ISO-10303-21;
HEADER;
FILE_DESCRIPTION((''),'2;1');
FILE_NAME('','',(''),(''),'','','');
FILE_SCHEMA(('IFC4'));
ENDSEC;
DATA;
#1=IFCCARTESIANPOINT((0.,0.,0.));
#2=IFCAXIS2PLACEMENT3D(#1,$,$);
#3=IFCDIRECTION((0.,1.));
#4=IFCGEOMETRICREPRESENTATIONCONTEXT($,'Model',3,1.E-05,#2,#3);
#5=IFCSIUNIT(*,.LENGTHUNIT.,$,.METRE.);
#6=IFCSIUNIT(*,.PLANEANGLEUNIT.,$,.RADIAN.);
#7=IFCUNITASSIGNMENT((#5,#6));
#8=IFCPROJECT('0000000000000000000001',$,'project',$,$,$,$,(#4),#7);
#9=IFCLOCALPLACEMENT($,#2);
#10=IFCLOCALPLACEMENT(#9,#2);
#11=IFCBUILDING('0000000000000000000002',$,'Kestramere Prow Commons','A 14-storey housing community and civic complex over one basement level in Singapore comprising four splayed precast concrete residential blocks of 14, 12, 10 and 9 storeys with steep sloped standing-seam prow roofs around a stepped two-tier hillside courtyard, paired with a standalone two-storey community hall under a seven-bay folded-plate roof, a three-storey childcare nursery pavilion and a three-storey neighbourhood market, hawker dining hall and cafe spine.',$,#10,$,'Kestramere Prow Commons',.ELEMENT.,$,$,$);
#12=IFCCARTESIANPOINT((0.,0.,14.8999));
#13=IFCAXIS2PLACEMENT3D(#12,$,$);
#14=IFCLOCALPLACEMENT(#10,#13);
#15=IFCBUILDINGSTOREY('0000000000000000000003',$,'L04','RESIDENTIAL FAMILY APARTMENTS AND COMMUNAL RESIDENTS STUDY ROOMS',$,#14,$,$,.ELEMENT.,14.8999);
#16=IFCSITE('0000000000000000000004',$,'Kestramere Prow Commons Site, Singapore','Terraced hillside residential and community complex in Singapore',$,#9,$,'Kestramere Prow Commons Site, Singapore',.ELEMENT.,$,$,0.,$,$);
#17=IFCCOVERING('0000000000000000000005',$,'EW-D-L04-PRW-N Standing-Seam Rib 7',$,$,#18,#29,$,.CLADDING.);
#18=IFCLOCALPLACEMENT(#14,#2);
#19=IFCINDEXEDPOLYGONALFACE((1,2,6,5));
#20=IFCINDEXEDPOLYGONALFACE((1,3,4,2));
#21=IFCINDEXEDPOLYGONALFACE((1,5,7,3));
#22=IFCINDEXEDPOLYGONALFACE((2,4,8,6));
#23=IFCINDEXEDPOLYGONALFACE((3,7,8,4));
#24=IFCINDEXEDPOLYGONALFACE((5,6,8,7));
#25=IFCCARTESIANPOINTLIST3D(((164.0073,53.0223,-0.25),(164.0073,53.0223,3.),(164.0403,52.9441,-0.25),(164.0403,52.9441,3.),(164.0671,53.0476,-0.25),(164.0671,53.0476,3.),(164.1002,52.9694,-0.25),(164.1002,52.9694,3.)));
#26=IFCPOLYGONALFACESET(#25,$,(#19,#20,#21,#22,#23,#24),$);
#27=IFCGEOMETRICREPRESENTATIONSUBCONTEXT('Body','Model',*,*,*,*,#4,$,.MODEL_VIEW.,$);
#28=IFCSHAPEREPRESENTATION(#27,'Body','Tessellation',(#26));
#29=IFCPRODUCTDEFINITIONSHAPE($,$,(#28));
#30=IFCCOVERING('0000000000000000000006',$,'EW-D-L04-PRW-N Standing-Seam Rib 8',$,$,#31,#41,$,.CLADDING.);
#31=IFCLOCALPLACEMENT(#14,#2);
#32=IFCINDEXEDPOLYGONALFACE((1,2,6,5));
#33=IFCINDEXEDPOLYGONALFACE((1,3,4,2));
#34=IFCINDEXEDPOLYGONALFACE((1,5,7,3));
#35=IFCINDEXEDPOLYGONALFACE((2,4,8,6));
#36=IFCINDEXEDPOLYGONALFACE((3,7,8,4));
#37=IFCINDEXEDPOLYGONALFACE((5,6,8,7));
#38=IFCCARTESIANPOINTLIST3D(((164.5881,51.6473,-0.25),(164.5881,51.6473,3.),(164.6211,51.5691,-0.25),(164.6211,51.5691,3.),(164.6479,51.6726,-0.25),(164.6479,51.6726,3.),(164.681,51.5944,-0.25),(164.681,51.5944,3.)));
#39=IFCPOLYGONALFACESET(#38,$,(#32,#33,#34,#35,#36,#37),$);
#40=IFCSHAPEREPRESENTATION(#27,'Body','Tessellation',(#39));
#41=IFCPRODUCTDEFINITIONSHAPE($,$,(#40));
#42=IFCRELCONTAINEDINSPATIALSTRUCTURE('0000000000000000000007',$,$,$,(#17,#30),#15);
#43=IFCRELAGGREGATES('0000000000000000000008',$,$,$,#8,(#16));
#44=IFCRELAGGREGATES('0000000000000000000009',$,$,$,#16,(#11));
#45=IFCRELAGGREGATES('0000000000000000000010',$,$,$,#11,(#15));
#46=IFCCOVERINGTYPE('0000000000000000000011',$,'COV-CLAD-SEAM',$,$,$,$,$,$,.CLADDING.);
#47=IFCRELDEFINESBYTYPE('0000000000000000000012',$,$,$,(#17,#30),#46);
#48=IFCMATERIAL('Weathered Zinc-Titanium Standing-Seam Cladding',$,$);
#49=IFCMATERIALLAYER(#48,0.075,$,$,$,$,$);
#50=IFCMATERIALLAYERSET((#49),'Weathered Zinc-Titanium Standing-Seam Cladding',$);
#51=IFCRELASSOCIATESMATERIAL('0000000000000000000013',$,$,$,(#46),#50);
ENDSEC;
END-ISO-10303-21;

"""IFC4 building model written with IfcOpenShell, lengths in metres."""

from ifc_helpers import new_model, si_unit, direction, frame, origin, origin_2d, place, context, subcontext, project, spatial, rectangle, extrude, material, layer, layer_set, type_object, element, save


model = new_model("IFC4")

# Units and contexts
model_context = context("Model", 3, precision=1e-05, world=origin(), true_north=direction((0.0, 1.0)))
body_context = subcontext(model_context, "Body", "Model", "MODEL_VIEW")
ifc_project = project(units=[si_unit("LENGTHUNIT", "METRE"), si_unit("PLANEANGLEUNIT", "RADIAN")], contexts=[model_context])

# Site, building, storey
site_placement = place(None, origin())
site = spatial("IfcSite", under=ifc_project, at=site_placement, Name="Kestramere Prow Commons Site, Singapore", Description="Terraced hillside residential and community complex in Singapore", LongName="Kestramere Prow Commons Site, Singapore", CompositionType="ELEMENT", RefElevation=0.0)
building_placement = place(site_placement, origin())
building = spatial("IfcBuilding", under=site, at=building_placement, Name="Kestramere Prow Commons", Description="A 14-storey housing community and civic complex over one basement level in Singapore comprising four splayed precast concrete residential blocks of 14, 12, 10 and 9 storeys with steep sloped standing-seam prow roofs around a stepped two-tier hillside courtyard, paired with a standalone two-storey community hall under a seven-bay folded-plate roof, a three-storey childcare nursery pavilion and a three-storey neighbourhood market, hawker dining hall and cafe spine.", LongName="Kestramere Prow Commons", CompositionType="ELEMENT")
storey_placement = place(building_placement, frame((0.0, 0.0, 14.8999)))
storey = spatial("IfcBuildingStorey", under=building, at=storey_placement, Name="L04", Description="RESIDENTIAL FAMILY APARTMENTS AND COMMUNAL RESIDENTS STUDY ROOMS", CompositionType="ELEMENT", Elevation=14.8999)

# Coverings
ifc_material_1 = material(Name="Weathered Zinc-Titanium Standing-Seam Cladding")
ifc_layer_1 = layer(ifc_material_1, 0.075)
ifc_layer_set_1 = layer_set([ifc_layer_1], Name="Weathered Zinc-Titanium Standing-Seam Cladding")
covering_type = type_object("IfcCoveringType", Name="COV-CLAD-SEAM", PredefinedType="CLADDING", material=ifc_layer_set_1)
for number, where, z_axis, x_axis, name in (
    (1, (164.0537, 52.9958, -0.25), (0.0, 0.0, 1.0), (0.38922, -0.921145, 0.0), "EW-D-L04-PRW-N Standing-Seam Rib 7"),
    (2, (164.6345, 51.6208, -0.25), (0.0, 0.0, 1.0), (0.38922, -0.921145, 0.0), "EW-D-L04-PRW-N Standing-Seam Rib 8"),
):
    element("IfcCovering", number, at=place(storey_placement, frame(where, z_axis=z_axis, x_axis=x_axis)), inside=storey, type_object=covering_type, Name=name, PredefinedType="CLADDING", context=body_context, shape_type="SweptSolid", body=[
        extrude(rectangle(XDim=0.085, YDim=0.0649, at=origin_2d()), origin(), (0.0, 0.0, 1.0), 3.25),
    ])

save(model, "model.ifc")
